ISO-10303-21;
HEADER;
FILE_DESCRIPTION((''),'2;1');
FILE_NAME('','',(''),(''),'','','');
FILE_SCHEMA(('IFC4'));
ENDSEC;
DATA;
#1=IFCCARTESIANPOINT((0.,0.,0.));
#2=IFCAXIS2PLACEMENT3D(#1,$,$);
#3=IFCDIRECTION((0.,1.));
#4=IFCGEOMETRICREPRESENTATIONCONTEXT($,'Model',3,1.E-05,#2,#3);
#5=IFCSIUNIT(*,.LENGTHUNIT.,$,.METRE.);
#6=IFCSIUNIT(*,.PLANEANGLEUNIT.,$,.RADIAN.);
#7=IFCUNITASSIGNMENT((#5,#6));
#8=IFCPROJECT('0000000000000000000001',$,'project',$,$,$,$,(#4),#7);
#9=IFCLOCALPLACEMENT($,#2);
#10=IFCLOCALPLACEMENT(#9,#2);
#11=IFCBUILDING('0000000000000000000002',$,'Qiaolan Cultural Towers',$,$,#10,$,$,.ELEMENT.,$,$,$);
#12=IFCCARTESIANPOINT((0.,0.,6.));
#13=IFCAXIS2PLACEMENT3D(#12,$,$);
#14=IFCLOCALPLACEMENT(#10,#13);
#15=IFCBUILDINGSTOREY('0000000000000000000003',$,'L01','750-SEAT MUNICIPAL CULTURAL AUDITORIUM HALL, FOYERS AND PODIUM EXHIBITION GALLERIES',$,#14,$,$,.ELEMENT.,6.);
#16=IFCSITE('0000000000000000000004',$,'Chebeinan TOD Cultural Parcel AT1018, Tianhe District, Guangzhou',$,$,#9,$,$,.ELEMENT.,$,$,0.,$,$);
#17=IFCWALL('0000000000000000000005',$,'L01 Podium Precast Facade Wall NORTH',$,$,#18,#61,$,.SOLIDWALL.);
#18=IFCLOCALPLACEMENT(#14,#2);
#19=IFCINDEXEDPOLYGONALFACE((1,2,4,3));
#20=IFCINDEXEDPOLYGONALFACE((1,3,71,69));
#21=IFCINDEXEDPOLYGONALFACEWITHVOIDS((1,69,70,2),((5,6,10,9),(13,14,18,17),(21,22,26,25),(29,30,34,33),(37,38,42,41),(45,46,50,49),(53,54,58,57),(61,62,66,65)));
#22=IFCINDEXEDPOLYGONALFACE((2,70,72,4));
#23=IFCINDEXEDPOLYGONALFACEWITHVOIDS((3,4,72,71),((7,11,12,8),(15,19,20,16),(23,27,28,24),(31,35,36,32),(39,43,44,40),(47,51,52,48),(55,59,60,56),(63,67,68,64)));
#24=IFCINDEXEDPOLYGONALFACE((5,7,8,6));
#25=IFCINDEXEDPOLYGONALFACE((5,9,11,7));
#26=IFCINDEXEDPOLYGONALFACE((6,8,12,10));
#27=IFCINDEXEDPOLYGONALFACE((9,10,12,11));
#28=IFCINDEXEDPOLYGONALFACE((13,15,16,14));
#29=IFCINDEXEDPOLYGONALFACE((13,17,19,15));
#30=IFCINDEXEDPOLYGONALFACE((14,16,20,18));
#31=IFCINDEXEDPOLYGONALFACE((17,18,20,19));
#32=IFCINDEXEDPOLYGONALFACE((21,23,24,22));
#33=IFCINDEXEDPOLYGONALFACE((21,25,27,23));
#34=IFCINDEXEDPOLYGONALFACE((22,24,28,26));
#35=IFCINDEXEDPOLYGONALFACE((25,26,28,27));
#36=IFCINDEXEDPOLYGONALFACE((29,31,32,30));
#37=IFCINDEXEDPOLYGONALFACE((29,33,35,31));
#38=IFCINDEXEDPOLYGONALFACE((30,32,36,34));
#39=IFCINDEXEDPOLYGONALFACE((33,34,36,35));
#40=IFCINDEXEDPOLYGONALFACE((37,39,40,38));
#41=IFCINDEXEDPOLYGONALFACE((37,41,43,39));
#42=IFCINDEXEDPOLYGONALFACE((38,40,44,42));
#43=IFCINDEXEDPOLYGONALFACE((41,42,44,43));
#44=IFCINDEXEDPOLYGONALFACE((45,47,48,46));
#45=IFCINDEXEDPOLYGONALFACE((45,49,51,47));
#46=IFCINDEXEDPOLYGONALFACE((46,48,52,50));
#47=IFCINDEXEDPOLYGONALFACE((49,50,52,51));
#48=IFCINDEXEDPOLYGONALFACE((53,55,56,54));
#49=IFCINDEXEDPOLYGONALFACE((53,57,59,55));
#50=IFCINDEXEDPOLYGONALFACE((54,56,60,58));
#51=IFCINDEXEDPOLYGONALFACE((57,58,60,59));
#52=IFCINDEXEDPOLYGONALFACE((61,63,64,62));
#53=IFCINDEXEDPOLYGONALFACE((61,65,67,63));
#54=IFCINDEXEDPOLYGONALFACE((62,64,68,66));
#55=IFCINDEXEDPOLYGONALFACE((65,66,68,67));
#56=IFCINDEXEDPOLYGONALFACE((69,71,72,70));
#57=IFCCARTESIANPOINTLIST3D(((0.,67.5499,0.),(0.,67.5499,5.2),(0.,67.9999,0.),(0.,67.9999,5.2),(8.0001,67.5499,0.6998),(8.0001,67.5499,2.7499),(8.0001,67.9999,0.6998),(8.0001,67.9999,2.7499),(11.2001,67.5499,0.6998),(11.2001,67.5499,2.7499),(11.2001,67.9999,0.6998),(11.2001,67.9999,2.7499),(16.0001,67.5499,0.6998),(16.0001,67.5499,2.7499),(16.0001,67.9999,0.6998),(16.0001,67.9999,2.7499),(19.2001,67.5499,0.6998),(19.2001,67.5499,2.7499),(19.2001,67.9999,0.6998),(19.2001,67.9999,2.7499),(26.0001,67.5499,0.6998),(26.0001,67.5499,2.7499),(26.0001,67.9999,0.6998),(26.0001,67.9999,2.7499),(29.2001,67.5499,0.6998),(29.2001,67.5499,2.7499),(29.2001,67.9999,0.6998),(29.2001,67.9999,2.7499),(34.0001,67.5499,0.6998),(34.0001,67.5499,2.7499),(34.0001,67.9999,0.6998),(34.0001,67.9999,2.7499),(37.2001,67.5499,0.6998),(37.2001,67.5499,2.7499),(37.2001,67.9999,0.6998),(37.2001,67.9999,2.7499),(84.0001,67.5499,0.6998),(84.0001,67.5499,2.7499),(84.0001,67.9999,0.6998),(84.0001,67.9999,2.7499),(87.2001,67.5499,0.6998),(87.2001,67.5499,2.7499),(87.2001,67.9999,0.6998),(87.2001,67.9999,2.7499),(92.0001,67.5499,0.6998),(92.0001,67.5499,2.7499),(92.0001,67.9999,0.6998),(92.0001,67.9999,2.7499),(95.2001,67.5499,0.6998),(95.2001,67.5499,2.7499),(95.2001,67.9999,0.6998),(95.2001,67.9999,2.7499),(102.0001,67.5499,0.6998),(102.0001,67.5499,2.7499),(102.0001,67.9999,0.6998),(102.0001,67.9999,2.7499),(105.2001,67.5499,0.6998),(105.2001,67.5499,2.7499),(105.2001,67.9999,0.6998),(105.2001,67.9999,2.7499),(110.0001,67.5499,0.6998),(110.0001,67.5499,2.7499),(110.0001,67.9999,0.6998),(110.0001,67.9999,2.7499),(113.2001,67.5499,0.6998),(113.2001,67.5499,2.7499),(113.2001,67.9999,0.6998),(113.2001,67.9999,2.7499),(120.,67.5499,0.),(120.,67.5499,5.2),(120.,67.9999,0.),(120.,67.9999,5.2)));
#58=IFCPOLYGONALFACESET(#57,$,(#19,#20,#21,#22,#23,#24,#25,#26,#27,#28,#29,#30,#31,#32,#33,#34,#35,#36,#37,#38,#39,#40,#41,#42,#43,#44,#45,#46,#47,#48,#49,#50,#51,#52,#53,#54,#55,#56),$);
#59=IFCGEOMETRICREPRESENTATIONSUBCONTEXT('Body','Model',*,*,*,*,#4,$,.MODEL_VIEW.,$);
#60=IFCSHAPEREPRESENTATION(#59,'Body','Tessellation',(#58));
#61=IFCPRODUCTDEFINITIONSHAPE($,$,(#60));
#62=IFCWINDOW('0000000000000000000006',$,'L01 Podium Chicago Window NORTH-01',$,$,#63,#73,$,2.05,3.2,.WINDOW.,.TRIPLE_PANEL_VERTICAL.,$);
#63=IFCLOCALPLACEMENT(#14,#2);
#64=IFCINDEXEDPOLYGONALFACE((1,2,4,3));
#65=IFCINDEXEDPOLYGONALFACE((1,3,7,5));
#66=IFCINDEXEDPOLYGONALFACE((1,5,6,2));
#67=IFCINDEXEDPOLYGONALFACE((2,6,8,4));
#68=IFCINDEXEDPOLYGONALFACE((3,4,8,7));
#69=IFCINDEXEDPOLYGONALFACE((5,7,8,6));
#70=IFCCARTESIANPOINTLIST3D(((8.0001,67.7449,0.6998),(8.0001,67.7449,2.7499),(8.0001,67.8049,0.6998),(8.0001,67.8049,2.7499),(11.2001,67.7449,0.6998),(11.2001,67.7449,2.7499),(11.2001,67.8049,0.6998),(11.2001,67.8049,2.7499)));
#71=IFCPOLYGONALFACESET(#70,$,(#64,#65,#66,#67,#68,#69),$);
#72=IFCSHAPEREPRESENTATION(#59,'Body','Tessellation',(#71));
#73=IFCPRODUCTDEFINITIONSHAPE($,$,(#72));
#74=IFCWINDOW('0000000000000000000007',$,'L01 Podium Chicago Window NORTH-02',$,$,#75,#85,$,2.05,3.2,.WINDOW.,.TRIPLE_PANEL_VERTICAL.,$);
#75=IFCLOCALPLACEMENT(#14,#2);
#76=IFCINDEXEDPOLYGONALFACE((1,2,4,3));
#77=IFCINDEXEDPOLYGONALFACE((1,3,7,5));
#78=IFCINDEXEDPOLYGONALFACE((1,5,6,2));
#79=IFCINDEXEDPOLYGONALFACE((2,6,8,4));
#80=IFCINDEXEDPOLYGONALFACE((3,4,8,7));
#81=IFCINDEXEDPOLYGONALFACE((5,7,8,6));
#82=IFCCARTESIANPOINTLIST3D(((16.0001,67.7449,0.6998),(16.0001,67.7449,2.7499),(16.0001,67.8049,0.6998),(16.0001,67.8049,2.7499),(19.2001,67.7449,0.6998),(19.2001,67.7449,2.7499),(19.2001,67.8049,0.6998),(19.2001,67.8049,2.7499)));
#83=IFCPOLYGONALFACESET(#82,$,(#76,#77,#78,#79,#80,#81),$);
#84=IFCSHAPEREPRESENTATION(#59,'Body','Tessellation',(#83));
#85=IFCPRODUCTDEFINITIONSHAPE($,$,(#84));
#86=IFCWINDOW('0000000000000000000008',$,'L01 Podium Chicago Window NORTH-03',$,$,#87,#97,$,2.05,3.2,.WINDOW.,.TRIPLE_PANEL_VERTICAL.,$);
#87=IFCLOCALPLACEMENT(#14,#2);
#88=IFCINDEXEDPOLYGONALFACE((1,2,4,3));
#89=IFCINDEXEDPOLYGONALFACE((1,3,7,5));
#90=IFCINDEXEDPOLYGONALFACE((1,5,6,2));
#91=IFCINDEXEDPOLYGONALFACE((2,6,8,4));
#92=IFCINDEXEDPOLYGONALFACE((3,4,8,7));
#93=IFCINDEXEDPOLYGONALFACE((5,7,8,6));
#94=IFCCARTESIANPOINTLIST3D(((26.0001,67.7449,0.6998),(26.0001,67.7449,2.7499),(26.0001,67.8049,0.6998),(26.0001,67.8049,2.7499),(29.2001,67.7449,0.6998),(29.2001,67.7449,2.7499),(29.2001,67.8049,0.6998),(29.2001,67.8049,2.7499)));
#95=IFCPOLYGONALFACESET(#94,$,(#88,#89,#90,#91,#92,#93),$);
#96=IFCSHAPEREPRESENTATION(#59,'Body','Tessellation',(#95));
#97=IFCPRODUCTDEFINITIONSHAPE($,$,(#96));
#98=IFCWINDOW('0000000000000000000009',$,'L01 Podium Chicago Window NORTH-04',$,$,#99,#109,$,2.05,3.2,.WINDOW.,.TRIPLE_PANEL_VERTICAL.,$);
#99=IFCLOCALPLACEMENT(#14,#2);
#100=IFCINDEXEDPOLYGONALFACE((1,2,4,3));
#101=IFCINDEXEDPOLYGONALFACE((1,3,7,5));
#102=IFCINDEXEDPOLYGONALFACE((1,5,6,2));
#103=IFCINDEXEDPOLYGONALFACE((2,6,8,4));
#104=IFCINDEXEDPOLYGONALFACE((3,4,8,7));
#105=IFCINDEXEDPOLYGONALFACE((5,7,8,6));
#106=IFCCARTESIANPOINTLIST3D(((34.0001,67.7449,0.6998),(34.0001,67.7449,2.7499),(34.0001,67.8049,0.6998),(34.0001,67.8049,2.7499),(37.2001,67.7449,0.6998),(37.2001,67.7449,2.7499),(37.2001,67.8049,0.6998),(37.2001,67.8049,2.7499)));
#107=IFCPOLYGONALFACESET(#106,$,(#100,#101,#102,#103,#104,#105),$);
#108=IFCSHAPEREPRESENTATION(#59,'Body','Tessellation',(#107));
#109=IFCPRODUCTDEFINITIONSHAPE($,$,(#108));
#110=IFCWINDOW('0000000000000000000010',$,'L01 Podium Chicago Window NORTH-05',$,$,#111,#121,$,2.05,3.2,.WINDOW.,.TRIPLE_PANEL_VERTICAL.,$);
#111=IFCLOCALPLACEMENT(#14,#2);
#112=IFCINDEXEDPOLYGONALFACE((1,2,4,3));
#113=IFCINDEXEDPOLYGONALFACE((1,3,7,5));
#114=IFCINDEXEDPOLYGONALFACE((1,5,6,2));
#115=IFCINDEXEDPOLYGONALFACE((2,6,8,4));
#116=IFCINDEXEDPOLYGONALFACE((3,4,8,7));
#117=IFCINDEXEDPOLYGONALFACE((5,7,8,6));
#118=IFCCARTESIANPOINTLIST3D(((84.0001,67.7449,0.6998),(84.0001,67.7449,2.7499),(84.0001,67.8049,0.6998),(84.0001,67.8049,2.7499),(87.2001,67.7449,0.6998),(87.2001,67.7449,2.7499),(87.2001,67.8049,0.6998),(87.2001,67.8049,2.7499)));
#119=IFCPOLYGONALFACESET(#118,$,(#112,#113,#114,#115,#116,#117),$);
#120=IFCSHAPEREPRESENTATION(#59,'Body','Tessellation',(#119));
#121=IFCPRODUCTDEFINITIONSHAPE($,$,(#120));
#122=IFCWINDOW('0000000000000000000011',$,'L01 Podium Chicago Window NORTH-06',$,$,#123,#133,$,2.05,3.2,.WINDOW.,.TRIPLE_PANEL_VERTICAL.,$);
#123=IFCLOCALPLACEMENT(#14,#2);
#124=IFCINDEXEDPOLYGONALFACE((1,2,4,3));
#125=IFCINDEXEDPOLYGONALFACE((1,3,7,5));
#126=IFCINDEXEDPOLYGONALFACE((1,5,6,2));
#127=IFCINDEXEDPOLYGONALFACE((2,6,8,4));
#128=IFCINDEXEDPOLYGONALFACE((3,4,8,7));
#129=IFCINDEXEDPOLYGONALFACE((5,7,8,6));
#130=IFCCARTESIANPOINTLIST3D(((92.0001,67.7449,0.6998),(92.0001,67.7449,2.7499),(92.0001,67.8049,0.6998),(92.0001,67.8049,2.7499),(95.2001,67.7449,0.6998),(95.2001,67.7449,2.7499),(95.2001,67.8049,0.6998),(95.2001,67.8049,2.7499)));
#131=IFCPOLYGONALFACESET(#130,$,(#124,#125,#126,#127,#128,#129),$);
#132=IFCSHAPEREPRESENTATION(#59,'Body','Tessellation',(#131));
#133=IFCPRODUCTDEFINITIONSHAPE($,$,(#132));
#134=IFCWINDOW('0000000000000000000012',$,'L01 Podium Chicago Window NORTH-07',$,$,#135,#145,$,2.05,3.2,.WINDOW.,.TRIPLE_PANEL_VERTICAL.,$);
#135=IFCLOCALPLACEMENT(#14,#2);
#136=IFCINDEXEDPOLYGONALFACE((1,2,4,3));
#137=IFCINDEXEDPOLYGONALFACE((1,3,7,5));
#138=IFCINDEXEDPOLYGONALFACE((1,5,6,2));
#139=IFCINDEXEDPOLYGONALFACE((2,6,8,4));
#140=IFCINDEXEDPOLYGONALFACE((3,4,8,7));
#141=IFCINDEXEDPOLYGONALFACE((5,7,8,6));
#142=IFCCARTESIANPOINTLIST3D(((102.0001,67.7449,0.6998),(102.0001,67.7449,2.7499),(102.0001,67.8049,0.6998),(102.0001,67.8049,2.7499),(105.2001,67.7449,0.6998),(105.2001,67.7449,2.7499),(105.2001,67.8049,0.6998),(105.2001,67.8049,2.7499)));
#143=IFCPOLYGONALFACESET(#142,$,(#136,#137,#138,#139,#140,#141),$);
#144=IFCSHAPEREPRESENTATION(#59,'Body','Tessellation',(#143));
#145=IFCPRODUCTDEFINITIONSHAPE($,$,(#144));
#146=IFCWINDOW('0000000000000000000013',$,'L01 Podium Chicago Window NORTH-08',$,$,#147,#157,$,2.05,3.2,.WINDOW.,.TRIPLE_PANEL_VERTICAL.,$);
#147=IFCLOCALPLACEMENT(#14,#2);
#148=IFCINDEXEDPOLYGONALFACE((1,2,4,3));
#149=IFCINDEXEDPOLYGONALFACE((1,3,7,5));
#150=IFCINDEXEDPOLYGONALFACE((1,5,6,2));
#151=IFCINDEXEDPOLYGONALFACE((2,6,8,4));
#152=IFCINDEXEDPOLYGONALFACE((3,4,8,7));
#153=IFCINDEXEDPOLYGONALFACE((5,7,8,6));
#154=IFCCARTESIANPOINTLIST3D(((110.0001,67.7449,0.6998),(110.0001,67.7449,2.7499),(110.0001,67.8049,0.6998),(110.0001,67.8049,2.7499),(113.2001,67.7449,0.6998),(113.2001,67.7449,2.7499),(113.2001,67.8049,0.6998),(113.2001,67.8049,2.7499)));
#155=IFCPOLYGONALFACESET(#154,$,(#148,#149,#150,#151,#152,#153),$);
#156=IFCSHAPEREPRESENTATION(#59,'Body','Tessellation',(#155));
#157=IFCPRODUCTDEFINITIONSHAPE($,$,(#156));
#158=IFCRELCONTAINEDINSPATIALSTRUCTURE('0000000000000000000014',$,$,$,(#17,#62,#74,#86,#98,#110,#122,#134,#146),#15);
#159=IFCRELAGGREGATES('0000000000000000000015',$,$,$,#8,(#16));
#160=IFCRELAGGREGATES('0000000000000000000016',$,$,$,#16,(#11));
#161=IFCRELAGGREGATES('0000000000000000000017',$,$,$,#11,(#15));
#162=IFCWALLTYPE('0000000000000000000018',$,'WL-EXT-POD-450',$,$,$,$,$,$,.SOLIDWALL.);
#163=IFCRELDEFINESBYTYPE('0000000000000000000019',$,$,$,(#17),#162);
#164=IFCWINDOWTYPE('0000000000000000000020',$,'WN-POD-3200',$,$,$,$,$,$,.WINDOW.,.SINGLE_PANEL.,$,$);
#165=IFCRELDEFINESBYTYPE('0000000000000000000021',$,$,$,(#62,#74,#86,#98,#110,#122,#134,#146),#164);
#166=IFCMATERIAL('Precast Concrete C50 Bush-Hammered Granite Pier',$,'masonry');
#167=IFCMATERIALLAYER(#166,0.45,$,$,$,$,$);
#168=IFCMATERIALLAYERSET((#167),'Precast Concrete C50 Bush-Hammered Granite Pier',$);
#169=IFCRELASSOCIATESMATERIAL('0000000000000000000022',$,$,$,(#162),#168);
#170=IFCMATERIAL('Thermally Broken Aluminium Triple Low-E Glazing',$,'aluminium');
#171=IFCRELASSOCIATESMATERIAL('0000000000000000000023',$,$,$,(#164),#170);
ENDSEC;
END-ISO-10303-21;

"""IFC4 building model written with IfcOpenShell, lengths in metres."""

from ifc_helpers import new_model, si_unit, direction, frame, frame_2d, origin, place, context, subcontext, project, spatial, rectangle, extrude, material, layer, layer_set, type_object, element, fill, save


model = new_model("IFC4")

# Units and contexts
model_context = context("Model", 3, precision=1e-05, world=origin(), true_north=direction((0.0, 1.0)))
body_context = subcontext(model_context, "Body", "Model", "MODEL_VIEW")
ifc_project = project(units=[si_unit("LENGTHUNIT", "METRE"), si_unit("PLANEANGLEUNIT", "RADIAN")], contexts=[model_context])

# Site, building, storey
site_placement = place(None, origin())
site = spatial("IfcSite", under=ifc_project, at=site_placement, Name="Chebeinan TOD Cultural Parcel AT1018, Tianhe District, Guangzhou", CompositionType="ELEMENT", RefElevation=0.0)
building_placement = place(site_placement, origin())
building = spatial("IfcBuilding", under=site, at=building_placement, Name="Qiaolan Cultural Towers", CompositionType="ELEMENT")
storey_placement = place(building_placement, frame((0.0, 0.0, 6.0)))
storey = spatial("IfcBuildingStorey", under=building, at=storey_placement, Name="L01", Description="750-SEAT MUNICIPAL CULTURAL AUDITORIUM HALL, FOYERS AND PODIUM EXHIBITION GALLERIES", CompositionType="ELEMENT", Elevation=6.0)

# Wall, openings, windows
ifc_material_1 = material(Name="Precast Concrete C50 Bush-Hammered Granite Pier", Category="masonry")
ifc_layer_1 = layer(ifc_material_1, 0.45)
ifc_layer_set_1 = layer_set([ifc_layer_1], Name="Precast Concrete C50 Bush-Hammered Granite Pier")
wall_type_1 = type_object("IfcWallType", Name="WL-EXT-POD-450", PredefinedType="SOLIDWALL", material=ifc_layer_set_1)
wall_1_placement = place(storey_placement, frame((0.0, 67.7749, 0.0), z_axis=(0.0, 0.0, 1.0), x_axis=(1.0, 0.0, 0.0)))
wall_1 = element("IfcWall", 1, at=wall_1_placement, inside=storey, type_object=wall_type_1, Name="L01 Podium Precast Facade Wall NORTH", PredefinedType="SOLIDWALL", context=body_context, shape_type="SweptSolid", body=[
    extrude(rectangle(XDim=120.0, YDim=0.45, at=frame_2d((60.0, 0.0))), origin(), (0.0, 0.0, 1.0), 5.2),
])
opening_1_placement = place(wall_1_placement, frame((8.0, 0.0, 0.7)))
opening_1 = element("IfcOpeningElement", 2, at=opening_1_placement, cuts=wall_1, PredefinedType="OPENING", context=body_context, shape_type="SweptSolid", body=[
    extrude(rectangle(XDim=3.2, YDim=2.05, at=frame_2d((1.6001, 1.0249))), frame((0.0, 0.2349, 0.0), z_axis=(0.0, -1.0, 0.0), x_axis=(1.0, 0.0, 0.0)), (0.0, 0.0, 1.0), 0.47),
])
opening_2_placement = place(wall_1_placement, frame((16.0, 0.0, 0.7)))
opening_2 = element("IfcOpeningElement", 3, at=opening_2_placement, cuts=wall_1, PredefinedType="OPENING", context=body_context, shape_type="SweptSolid", body=[
    extrude(rectangle(XDim=3.2, YDim=2.05, at=frame_2d((1.6001, 1.0249))), frame((0.0, 0.2349, 0.0), z_axis=(0.0, -1.0, 0.0), x_axis=(1.0, 0.0, 0.0)), (0.0, 0.0, 1.0), 0.47),
])
opening_3_placement = place(wall_1_placement, frame((26.0, 0.0, 0.7)))
opening_3 = element("IfcOpeningElement", 4, at=opening_3_placement, cuts=wall_1, PredefinedType="OPENING", context=body_context, shape_type="SweptSolid", body=[
    extrude(rectangle(XDim=3.2, YDim=2.05, at=frame_2d((1.6001, 1.0249))), frame((0.0, 0.2349, 0.0), z_axis=(0.0, -1.0, 0.0), x_axis=(1.0, 0.0, 0.0)), (0.0, 0.0, 1.0), 0.47),
])
opening_4_placement = place(wall_1_placement, frame((34.0, 0.0, 0.7)))
opening_4 = element("IfcOpeningElement", 5, at=opening_4_placement, cuts=wall_1, PredefinedType="OPENING", context=body_context, shape_type="SweptSolid", body=[
    extrude(rectangle(XDim=3.2, YDim=2.05, at=frame_2d((1.6001, 1.0249))), frame((0.0, 0.2349, 0.0), z_axis=(0.0, -1.0, 0.0), x_axis=(1.0, 0.0, 0.0)), (0.0, 0.0, 1.0), 0.47),
])
opening_5_placement = place(wall_1_placement, frame((84.0, 0.0, 0.7)))
opening_5 = element("IfcOpeningElement", 6, at=opening_5_placement, cuts=wall_1, PredefinedType="OPENING", context=body_context, shape_type="SweptSolid", body=[
    extrude(rectangle(XDim=3.2, YDim=2.05, at=frame_2d((1.6001, 1.0249))), frame((0.0, 0.2349, 0.0), z_axis=(0.0, -1.0, 0.0), x_axis=(1.0, 0.0, 0.0)), (0.0, 0.0, 1.0), 0.47),
])
opening_6_placement = place(wall_1_placement, frame((92.0, 0.0, 0.7)))
opening_6 = element("IfcOpeningElement", 7, at=opening_6_placement, cuts=wall_1, PredefinedType="OPENING", context=body_context, shape_type="SweptSolid", body=[
    extrude(rectangle(XDim=3.2, YDim=2.05, at=frame_2d((1.6001, 1.0249))), frame((0.0, 0.2349, 0.0), z_axis=(0.0, -1.0, 0.0), x_axis=(1.0, 0.0, 0.0)), (0.0, 0.0, 1.0), 0.47),
])
opening_7_placement = place(wall_1_placement, frame((102.0, 0.0, 0.7)))
opening_7 = element("IfcOpeningElement", 8, at=opening_7_placement, cuts=wall_1, PredefinedType="OPENING", context=body_context, shape_type="SweptSolid", body=[
    extrude(rectangle(XDim=3.2, YDim=2.05, at=frame_2d((1.6001, 1.0249))), frame((0.0, 0.2349, 0.0), z_axis=(0.0, -1.0, 0.0), x_axis=(1.0, 0.0, 0.0)), (0.0, 0.0, 1.0), 0.47),
])
opening_8_placement = place(wall_1_placement, frame((110.0, 0.0, 0.7)))
opening_8 = element("IfcOpeningElement", 9, at=opening_8_placement, cuts=wall_1, PredefinedType="OPENING", context=body_context, shape_type="SweptSolid", body=[
    extrude(rectangle(XDim=3.2, YDim=2.05, at=frame_2d((1.6001, 1.0249))), frame((0.0, 0.2349, 0.0), z_axis=(0.0, -1.0, 0.0), x_axis=(1.0, 0.0, 0.0)), (0.0, 0.0, 1.0), 0.47),
])
ifc_material_2 = material(Name="Thermally Broken Aluminium Triple Low-E Glazing", Category="aluminium")
window_type = type_object("IfcWindowType", Name="WN-POD-3200", PartitioningType="SINGLE_PANEL", PredefinedType="WINDOW", material=ifc_material_2)
window_1_placement = place(opening_1_placement, origin())
window_1 = element("IfcWindow", 10, at=window_1_placement, inside=storey, type_object=window_type, Name="L01 Podium Chicago Window NORTH-01", OverallHeight=2.05, OverallWidth=3.2, PartitioningType="TRIPLE_PANEL_VERTICAL", PredefinedType="WINDOW", context=body_context, shape_type="SweptSolid", body=[
    extrude(rectangle(XDim=3.2, YDim=2.05, at=frame_2d((1.6001, 1.0249))), frame((0.0, 0.03, 0.0), z_axis=(0.0, -1.0, 0.0), x_axis=(1.0, 0.0, 0.0)), (0.0, 0.0, 1.0), 0.0601),
])
fill(opening_1, window_1)
window_2_placement = place(opening_2_placement, origin())
window_2 = element("IfcWindow", 11, at=window_2_placement, inside=storey, type_object=window_type, Name="L01 Podium Chicago Window NORTH-02", OverallHeight=2.05, OverallWidth=3.2, PartitioningType="TRIPLE_PANEL_VERTICAL", PredefinedType="WINDOW", context=body_context, shape_type="SweptSolid", body=[
    extrude(rectangle(XDim=3.2, YDim=2.05, at=frame_2d((1.6001, 1.0249))), frame((0.0, 0.03, 0.0), z_axis=(0.0, -1.0, 0.0), x_axis=(1.0, 0.0, 0.0)), (0.0, 0.0, 1.0), 0.0601),
])
fill(opening_2, window_2)
window_3_placement = place(opening_3_placement, origin())
window_3 = element("IfcWindow", 12, at=window_3_placement, inside=storey, type_object=window_type, Name="L01 Podium Chicago Window NORTH-03", OverallHeight=2.05, OverallWidth=3.2, PartitioningType="TRIPLE_PANEL_VERTICAL", PredefinedType="WINDOW", context=body_context, shape_type="SweptSolid", body=[
    extrude(rectangle(XDim=3.2, YDim=2.05, at=frame_2d((1.6001, 1.0249))), frame((0.0, 0.03, 0.0), z_axis=(0.0, -1.0, 0.0), x_axis=(1.0, 0.0, 0.0)), (0.0, 0.0, 1.0), 0.0601),
])
fill(opening_3, window_3)
window_4_placement = place(opening_4_placement, origin())
window_4 = element("IfcWindow", 13, at=window_4_placement, inside=storey, type_object=window_type, Name="L01 Podium Chicago Window NORTH-04", OverallHeight=2.05, OverallWidth=3.2, PartitioningType="TRIPLE_PANEL_VERTICAL", PredefinedType="WINDOW", context=body_context, shape_type="SweptSolid", body=[
    extrude(rectangle(XDim=3.2, YDim=2.05, at=frame_2d((1.6001, 1.0249))), frame((0.0, 0.03, 0.0), z_axis=(0.0, -1.0, 0.0), x_axis=(1.0, 0.0, 0.0)), (0.0, 0.0, 1.0), 0.0601),
])
fill(opening_4, window_4)
window_5_placement = place(opening_5_placement, origin())
window_5 = element("IfcWindow", 14, at=window_5_placement, inside=storey, type_object=window_type, Name="L01 Podium Chicago Window NORTH-05", OverallHeight=2.05, OverallWidth=3.2, PartitioningType="TRIPLE_PANEL_VERTICAL", PredefinedType="WINDOW", context=body_context, shape_type="SweptSolid", body=[
    extrude(rectangle(XDim=3.2, YDim=2.05, at=frame_2d((1.6001, 1.0249))), frame((0.0, 0.03, 0.0), z_axis=(0.0, -1.0, 0.0), x_axis=(1.0, 0.0, 0.0)), (0.0, 0.0, 1.0), 0.0601),
])
fill(opening_5, window_5)
window_6_placement = place(opening_6_placement, origin())
window_6 = element("IfcWindow", 15, at=window_6_placement, inside=storey, type_object=window_type, Name="L01 Podium Chicago Window NORTH-06", OverallHeight=2.05, OverallWidth=3.2, PartitioningType="TRIPLE_PANEL_VERTICAL", PredefinedType="WINDOW", context=body_context, shape_type="SweptSolid", body=[
    extrude(rectangle(XDim=3.2, YDim=2.05, at=frame_2d((1.6001, 1.0249))), frame((0.0, 0.03, 0.0), z_axis=(0.0, -1.0, 0.0), x_axis=(1.0, 0.0, 0.0)), (0.0, 0.0, 1.0), 0.0601),
])
fill(opening_6, window_6)
window_7_placement = place(opening_7_placement, origin())
window_7 = element("IfcWindow", 16, at=window_7_placement, inside=storey, type_object=window_type, Name="L01 Podium Chicago Window NORTH-07", OverallHeight=2.05, OverallWidth=3.2, PartitioningType="TRIPLE_PANEL_VERTICAL", PredefinedType="WINDOW", context=body_context, shape_type="SweptSolid", body=[
    extrude(rectangle(XDim=3.2, YDim=2.05, at=frame_2d((1.6001, 1.0249))), frame((0.0, 0.03, 0.0), z_axis=(0.0, -1.0, 0.0), x_axis=(1.0, 0.0, 0.0)), (0.0, 0.0, 1.0), 0.0601),
])
fill(opening_7, window_7)
window_8_placement = place(opening_8_placement, origin())
window_8 = element("IfcWindow", 17, at=window_8_placement, inside=storey, type_object=window_type, Name="L01 Podium Chicago Window NORTH-08", OverallHeight=2.05, OverallWidth=3.2, PartitioningType="TRIPLE_PANEL_VERTICAL", PredefinedType="WINDOW", context=body_context, shape_type="SweptSolid", body=[
    extrude(rectangle(XDim=3.2, YDim=2.05, at=frame_2d((1.6001, 1.0249))), frame((0.0, 0.03, 0.0), z_axis=(0.0, -1.0, 0.0), x_axis=(1.0, 0.0, 0.0)), (0.0, 0.0, 1.0), 0.0601),
])
fill(opening_8, window_8)

save(model, "model.ifc")
